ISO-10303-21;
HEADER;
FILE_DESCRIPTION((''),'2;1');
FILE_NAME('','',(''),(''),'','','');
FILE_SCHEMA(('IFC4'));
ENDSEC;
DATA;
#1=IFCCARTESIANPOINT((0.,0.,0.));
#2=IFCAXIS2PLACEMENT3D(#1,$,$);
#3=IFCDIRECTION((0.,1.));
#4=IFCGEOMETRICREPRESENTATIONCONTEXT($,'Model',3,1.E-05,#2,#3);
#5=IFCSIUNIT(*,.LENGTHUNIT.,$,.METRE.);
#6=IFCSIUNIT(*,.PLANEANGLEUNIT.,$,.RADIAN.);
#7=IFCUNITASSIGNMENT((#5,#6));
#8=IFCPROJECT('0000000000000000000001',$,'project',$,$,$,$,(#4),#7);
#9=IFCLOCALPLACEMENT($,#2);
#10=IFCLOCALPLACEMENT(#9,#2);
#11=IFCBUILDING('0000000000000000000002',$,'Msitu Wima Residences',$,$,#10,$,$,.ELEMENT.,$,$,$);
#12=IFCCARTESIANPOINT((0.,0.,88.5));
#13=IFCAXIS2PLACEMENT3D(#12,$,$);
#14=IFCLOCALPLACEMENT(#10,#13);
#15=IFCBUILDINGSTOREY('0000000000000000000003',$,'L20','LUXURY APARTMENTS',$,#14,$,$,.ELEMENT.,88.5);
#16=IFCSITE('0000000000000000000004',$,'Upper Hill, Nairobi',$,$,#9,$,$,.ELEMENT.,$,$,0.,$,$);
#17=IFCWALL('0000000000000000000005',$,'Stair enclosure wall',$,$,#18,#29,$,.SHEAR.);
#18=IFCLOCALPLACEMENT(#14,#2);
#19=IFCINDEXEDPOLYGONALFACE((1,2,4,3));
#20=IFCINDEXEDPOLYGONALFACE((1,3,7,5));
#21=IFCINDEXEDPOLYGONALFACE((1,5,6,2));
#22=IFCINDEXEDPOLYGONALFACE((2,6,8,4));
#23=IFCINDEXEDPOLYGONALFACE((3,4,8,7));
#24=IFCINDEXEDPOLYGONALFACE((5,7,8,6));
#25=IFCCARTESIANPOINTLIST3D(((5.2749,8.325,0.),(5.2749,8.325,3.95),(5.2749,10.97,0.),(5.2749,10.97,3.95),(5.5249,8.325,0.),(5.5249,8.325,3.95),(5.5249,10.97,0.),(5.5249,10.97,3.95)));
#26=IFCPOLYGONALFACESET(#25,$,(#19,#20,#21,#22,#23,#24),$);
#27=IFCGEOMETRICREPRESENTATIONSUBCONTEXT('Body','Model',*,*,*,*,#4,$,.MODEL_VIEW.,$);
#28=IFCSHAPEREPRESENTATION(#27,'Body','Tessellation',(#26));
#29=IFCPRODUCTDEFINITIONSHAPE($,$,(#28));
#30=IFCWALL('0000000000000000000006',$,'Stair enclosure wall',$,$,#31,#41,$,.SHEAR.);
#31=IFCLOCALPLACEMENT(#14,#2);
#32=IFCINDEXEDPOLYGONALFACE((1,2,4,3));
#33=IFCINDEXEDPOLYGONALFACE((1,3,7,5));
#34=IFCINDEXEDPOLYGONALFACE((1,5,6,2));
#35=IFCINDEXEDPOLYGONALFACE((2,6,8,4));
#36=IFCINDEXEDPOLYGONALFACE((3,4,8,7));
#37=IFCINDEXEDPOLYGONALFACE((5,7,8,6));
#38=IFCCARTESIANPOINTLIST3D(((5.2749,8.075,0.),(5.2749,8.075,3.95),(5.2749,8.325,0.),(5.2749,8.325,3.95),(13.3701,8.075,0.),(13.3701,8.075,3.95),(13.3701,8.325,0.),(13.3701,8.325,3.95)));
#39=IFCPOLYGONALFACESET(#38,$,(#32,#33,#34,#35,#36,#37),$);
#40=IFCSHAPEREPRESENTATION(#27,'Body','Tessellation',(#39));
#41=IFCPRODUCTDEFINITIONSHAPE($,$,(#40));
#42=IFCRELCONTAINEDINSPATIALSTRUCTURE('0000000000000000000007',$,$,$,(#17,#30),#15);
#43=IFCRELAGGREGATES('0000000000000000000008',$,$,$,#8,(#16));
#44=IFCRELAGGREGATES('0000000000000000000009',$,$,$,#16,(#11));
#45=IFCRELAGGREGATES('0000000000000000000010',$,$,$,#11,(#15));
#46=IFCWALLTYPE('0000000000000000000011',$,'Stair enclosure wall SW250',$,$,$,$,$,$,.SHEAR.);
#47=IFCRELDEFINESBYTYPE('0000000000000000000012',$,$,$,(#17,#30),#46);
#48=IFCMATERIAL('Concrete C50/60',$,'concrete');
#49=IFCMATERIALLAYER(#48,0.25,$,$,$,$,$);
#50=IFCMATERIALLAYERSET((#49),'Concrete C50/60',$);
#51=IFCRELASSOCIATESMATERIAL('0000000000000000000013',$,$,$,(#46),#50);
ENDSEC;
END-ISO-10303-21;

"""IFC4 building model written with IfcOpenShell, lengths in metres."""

from ifc_helpers import new_model, si_unit, direction, frame, frame_2d, origin, place, context, subcontext, project, spatial, rectangle, extrude, material, layer, layer_set, type_object, element, save


model = new_model("IFC4")

# Units and contexts
model_context = context("Model", 3, precision=1e-05, world=origin(), true_north=direction((0.0, 1.0)))
body_context = subcontext(model_context, "Body", "Model", "MODEL_VIEW")
ifc_project = project(units=[si_unit("LENGTHUNIT", "METRE"), si_unit("PLANEANGLEUNIT", "RADIAN")], contexts=[model_context])

# Site, building, storey
site_placement = place(None, origin())
site = spatial("IfcSite", under=ifc_project, at=site_placement, Name="Upper Hill, Nairobi", CompositionType="ELEMENT", RefElevation=0.0)
building_placement = place(site_placement, origin())
building = spatial("IfcBuilding", under=site, at=building_placement, Name="Msitu Wima Residences", CompositionType="ELEMENT")
storey_placement = place(building_placement, frame((0.0, 0.0, 88.5)))
storey = spatial("IfcBuildingStorey", under=building, at=storey_placement, Name="L20", Description="LUXURY APARTMENTS", CompositionType="ELEMENT", Elevation=88.5)

# Walls
ifc_material_1 = material(Name="Concrete C50/60", Category="concrete")
ifc_layer_1 = layer(ifc_material_1, 0.25)
ifc_layer_set_1 = layer_set([ifc_layer_1], Name="Concrete C50/60")
wall_type_1 = type_object("IfcWallType", Name="Stair enclosure wall SW250", PredefinedType="SHEAR", material=ifc_layer_set_1)
wall_1_placement = place(storey_placement, frame((5.3999, 8.325, 0.0), z_axis=(0.0, 0.0, 1.0), x_axis=(0.0, 1.0, 0.0)))
element("IfcWall", 1, at=wall_1_placement, inside=storey, type_object=wall_type_1, Name="Stair enclosure wall", PredefinedType="SHEAR", context=body_context, shape_type="SweptSolid", body=[
    extrude(rectangle(XDim=2.645, YDim=0.25, at=frame_2d((1.3225, 0.0))), origin(), (0.0, 0.0, 1.0), 3.95),
])
wall_2_placement = place(storey_placement, frame((5.2749, 8.2, 0.0), z_axis=(0.0, 0.0, 1.0), x_axis=(1.0, 0.0, 0.0)))
element("IfcWall", 2, at=wall_2_placement, inside=storey, type_object=wall_type_1, Name="Stair enclosure wall", PredefinedType="SHEAR", context=body_context, shape_type="SweptSolid", body=[
    extrude(rectangle(XDim=8.0952, YDim=0.25, at=frame_2d((4.0476, 0.0))), origin(), (0.0, 0.0, 1.0), 3.95),
])

save(model, "model.ifc")
